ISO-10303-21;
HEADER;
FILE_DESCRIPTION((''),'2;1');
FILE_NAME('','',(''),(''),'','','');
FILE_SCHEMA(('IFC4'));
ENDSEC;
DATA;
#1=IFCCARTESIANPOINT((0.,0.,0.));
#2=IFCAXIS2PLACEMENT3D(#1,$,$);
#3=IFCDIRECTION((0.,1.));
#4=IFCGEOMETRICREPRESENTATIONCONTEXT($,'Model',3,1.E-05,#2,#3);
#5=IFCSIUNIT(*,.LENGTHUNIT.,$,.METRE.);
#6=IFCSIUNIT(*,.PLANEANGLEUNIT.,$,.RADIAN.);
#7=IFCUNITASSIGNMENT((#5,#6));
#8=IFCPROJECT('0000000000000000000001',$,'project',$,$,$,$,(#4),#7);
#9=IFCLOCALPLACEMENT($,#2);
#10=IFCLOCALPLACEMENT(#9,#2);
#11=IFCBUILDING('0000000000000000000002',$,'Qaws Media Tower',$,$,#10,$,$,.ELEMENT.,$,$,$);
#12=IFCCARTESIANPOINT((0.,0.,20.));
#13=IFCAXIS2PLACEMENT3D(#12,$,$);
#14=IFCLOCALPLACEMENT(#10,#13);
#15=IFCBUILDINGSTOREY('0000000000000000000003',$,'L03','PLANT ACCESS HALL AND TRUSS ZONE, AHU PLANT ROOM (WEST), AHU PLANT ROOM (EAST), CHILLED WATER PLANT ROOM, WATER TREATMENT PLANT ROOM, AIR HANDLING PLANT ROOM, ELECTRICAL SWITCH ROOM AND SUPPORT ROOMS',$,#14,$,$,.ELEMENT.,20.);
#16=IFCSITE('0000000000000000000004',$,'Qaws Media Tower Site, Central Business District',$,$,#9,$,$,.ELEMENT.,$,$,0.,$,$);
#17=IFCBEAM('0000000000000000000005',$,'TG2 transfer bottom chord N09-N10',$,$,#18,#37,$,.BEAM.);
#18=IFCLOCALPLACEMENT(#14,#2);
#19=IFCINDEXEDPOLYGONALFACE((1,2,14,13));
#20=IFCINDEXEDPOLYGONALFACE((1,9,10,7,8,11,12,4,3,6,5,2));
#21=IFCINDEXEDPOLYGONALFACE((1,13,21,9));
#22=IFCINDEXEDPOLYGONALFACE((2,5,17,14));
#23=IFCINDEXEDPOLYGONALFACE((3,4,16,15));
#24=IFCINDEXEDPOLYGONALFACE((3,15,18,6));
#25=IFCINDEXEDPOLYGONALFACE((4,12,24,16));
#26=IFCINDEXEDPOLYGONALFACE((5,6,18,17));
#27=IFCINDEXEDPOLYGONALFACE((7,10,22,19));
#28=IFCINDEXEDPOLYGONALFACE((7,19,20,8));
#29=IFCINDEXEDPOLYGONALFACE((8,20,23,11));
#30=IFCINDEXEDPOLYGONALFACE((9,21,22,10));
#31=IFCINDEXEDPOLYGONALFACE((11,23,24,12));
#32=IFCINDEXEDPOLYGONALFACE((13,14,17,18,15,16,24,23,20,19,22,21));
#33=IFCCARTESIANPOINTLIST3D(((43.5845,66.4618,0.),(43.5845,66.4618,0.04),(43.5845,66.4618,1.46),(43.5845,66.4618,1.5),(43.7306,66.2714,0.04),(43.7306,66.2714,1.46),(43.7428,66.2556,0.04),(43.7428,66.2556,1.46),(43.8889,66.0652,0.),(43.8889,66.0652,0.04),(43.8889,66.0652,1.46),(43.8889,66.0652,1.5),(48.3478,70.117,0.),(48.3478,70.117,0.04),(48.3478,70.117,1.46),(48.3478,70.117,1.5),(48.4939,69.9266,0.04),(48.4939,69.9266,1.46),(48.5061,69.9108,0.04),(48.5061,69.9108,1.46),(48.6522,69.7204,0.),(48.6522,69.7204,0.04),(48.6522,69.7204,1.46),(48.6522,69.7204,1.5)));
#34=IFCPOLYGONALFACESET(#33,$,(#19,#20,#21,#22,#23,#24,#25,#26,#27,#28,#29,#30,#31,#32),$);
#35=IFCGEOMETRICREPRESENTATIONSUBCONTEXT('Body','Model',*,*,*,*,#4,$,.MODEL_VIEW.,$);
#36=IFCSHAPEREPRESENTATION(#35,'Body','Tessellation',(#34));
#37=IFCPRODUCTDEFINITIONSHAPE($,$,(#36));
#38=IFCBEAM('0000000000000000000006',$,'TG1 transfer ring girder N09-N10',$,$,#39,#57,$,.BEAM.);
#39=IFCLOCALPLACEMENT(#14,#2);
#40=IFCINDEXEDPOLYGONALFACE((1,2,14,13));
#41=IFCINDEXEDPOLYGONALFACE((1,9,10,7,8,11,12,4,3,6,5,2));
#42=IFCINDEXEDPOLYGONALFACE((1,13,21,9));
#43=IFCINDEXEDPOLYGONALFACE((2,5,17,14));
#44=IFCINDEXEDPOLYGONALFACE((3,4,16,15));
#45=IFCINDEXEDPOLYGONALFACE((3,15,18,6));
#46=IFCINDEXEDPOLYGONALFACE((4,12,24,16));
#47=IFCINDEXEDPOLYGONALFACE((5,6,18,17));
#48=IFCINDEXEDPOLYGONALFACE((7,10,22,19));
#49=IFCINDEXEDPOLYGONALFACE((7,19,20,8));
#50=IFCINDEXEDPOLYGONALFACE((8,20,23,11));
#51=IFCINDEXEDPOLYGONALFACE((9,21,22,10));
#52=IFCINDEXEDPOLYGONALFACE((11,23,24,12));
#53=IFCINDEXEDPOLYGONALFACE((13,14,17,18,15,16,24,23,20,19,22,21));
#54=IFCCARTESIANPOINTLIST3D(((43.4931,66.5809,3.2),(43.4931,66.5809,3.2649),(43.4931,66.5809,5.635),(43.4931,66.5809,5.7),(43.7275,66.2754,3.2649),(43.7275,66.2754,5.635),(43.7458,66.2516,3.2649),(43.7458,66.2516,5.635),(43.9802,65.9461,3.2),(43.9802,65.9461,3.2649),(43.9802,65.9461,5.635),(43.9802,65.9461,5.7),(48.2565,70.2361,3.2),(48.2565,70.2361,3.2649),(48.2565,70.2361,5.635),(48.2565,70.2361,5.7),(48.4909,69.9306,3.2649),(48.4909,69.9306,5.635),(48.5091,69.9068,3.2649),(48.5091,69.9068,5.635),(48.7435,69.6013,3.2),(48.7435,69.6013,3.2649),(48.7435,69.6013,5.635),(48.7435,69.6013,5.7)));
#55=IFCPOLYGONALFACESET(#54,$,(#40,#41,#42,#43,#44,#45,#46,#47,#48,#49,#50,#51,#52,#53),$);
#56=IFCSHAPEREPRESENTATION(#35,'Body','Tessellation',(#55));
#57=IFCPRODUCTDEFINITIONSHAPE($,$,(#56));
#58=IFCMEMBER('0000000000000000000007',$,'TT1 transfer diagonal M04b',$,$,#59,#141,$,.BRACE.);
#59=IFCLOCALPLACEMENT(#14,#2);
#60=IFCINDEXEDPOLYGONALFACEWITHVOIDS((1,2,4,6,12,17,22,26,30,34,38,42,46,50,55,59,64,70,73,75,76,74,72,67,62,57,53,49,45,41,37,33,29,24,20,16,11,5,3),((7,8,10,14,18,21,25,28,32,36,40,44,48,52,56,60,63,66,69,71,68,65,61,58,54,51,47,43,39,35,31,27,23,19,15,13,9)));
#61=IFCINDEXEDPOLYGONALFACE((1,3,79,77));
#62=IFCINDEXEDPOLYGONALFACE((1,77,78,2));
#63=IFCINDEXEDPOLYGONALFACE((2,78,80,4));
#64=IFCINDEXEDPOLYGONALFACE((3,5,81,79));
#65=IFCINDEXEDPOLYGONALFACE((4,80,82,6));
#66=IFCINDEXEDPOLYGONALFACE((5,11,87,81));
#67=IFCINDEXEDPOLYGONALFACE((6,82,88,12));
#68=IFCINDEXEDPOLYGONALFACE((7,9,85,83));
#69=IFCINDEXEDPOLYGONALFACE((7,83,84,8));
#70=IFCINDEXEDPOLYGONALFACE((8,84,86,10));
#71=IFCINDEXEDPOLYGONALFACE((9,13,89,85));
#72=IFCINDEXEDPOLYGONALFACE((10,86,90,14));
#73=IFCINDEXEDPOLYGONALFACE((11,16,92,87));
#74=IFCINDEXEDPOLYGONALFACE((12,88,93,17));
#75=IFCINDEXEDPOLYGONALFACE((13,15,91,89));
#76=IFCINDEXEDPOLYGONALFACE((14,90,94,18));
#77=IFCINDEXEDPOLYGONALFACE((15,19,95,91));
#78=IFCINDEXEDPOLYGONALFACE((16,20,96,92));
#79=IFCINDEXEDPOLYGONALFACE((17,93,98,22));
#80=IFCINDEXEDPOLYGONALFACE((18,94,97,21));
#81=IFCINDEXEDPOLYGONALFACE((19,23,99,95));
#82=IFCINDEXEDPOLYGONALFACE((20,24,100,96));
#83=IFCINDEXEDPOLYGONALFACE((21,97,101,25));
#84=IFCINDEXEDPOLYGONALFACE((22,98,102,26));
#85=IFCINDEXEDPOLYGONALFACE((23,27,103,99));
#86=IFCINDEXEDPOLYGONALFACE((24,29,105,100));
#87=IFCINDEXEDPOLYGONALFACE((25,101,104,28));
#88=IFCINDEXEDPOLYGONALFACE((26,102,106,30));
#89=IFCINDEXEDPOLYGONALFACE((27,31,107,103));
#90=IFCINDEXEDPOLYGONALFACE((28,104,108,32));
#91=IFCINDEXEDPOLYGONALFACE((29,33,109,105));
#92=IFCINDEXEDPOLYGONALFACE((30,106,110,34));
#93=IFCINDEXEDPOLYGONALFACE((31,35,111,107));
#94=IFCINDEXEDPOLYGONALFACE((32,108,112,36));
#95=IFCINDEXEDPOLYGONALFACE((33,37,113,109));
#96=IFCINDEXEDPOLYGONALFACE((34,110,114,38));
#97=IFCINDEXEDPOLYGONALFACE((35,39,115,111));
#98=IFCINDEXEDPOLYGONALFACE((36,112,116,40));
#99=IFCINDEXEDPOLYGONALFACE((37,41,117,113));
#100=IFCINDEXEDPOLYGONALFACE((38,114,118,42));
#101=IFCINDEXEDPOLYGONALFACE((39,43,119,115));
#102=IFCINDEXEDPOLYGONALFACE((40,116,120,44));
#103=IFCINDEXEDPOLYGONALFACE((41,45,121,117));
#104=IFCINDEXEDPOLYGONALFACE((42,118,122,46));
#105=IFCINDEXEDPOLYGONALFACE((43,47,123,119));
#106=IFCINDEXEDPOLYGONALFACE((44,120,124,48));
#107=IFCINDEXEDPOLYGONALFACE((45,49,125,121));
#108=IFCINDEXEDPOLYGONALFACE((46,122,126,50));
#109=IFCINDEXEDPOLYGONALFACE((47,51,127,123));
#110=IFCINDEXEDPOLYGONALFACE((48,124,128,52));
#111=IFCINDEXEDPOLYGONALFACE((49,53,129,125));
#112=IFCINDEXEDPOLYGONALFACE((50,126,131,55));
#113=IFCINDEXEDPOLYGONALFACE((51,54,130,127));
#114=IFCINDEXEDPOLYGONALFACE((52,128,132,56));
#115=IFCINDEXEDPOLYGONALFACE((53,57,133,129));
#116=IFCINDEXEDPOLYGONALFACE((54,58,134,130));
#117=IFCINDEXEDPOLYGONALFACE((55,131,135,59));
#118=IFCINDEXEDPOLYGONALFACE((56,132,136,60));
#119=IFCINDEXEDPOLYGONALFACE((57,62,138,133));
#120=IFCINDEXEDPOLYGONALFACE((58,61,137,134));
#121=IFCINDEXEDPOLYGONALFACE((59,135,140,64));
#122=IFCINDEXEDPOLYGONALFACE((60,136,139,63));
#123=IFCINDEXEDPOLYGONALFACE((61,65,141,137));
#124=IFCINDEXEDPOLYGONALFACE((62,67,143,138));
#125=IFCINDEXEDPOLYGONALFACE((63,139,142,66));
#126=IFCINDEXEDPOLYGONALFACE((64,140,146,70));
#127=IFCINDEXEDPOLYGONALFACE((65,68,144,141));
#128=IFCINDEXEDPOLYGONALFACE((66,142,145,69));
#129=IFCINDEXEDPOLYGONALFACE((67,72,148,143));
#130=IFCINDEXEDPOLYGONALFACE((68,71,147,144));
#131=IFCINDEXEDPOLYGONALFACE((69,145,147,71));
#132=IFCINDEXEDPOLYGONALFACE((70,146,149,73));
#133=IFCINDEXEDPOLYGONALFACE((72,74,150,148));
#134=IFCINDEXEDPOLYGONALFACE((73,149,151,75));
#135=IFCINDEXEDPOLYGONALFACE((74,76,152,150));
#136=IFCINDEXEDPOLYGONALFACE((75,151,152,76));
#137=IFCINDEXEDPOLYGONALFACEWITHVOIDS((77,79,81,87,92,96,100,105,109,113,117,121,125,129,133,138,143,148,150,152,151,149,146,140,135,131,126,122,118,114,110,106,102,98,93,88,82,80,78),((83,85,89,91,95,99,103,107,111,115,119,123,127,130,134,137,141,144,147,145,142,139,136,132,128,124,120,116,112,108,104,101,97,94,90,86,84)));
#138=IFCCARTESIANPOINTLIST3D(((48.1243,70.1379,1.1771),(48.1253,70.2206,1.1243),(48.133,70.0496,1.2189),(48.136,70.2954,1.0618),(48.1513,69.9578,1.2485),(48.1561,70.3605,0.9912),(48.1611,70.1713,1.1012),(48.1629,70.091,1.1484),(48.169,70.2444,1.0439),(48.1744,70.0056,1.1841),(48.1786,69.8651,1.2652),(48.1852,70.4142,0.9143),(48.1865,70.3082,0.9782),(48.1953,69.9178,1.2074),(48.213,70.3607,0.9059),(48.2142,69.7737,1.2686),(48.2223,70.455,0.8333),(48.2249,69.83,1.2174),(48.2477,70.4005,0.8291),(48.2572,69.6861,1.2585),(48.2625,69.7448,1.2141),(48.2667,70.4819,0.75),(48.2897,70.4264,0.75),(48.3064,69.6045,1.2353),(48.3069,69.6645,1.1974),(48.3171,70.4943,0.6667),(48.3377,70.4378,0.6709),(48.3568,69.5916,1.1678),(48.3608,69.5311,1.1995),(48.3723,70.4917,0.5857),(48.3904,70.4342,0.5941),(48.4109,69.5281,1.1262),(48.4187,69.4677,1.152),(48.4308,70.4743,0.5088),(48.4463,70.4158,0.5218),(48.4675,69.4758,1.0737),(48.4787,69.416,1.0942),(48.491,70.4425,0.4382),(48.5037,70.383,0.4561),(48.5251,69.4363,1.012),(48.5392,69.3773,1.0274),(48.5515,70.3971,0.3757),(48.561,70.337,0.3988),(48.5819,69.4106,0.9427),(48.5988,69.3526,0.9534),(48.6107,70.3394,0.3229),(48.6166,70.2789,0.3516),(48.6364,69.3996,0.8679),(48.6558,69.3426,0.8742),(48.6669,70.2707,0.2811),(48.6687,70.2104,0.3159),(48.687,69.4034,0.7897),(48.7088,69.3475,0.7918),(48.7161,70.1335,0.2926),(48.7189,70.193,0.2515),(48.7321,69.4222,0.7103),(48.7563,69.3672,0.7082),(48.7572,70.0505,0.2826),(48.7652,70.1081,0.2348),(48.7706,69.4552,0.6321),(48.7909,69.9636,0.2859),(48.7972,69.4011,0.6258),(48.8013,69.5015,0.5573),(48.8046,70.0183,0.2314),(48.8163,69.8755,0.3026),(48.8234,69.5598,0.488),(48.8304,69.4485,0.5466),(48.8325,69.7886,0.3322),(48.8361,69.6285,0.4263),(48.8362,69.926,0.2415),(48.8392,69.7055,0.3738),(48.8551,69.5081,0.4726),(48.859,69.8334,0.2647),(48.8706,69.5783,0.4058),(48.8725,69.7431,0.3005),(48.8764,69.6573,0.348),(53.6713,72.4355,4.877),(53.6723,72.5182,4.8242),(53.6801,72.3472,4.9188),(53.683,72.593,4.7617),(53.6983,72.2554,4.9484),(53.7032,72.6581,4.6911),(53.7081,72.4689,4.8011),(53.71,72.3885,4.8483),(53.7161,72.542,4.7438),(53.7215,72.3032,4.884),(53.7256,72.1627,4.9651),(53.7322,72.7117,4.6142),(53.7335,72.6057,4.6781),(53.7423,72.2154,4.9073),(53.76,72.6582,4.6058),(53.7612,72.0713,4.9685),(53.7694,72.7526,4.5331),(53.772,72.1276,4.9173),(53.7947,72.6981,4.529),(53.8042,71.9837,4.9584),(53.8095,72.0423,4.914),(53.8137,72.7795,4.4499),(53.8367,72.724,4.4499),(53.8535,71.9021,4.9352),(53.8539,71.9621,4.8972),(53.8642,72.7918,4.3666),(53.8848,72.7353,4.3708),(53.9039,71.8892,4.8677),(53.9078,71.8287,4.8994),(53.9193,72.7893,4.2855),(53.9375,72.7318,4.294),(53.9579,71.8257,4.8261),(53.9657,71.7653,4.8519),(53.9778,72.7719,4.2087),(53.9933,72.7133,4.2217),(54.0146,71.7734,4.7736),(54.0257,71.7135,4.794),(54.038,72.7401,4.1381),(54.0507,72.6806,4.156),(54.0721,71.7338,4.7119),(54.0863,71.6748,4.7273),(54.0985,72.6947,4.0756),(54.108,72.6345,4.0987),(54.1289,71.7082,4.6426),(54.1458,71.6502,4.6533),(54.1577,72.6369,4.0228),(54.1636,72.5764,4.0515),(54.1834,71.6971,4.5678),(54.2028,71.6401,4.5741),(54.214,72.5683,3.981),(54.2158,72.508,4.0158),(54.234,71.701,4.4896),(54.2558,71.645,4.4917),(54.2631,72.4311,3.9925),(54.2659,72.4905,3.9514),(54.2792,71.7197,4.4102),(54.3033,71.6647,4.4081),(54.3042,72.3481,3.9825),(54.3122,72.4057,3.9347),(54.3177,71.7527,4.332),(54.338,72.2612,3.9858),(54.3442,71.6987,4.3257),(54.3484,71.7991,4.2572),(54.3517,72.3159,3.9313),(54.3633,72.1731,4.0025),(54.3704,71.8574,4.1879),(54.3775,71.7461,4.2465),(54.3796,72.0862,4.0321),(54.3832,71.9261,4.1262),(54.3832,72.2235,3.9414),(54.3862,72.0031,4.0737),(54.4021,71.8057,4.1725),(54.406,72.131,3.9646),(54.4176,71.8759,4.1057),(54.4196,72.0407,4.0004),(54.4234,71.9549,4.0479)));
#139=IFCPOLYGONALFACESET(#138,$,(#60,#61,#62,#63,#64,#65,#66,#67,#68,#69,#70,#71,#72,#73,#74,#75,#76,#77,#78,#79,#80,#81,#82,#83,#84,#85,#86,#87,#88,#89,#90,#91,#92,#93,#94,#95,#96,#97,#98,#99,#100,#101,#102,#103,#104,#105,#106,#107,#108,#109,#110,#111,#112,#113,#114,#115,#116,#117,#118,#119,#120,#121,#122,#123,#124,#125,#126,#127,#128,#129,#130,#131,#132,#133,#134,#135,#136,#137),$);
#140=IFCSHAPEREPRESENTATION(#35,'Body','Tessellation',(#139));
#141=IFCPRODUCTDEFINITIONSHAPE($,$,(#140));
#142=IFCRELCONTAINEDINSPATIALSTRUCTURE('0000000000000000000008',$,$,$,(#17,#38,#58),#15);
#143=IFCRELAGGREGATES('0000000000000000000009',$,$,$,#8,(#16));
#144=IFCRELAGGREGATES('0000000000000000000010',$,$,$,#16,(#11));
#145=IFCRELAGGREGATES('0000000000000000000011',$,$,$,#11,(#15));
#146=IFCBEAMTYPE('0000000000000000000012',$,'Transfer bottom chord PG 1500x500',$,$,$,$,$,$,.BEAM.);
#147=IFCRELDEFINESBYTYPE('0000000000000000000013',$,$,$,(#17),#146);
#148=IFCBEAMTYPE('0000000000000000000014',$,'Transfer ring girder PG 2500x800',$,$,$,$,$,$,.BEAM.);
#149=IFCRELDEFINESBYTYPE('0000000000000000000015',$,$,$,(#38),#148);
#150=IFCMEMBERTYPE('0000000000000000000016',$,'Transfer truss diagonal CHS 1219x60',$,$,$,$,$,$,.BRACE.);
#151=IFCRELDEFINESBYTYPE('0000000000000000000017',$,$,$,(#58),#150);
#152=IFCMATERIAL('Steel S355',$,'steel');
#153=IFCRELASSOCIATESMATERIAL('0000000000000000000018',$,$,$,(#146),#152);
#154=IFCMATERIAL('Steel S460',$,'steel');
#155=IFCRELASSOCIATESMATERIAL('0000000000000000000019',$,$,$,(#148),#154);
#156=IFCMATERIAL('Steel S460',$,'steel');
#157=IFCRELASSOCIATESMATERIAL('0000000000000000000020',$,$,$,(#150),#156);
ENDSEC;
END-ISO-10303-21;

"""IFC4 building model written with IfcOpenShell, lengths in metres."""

from ifc_helpers import new_model, si_unit, direction, frame, origin, origin_2d, place, context, subcontext, project, spatial, hollow_circle, i_section, extrude, material, material_profile, profile_set, type_object, element, save


model = new_model("IFC4")

# Units and contexts
model_context = context("Model", 3, precision=1e-05, world=origin(), true_north=direction((0.0, 1.0)))
body_context = subcontext(model_context, "Body", "Model", "MODEL_VIEW")
ifc_project = project(units=[si_unit("LENGTHUNIT", "METRE"), si_unit("PLANEANGLEUNIT", "RADIAN")], contexts=[model_context])

# Site, building, storey
site_placement = place(None, origin())
site = spatial("IfcSite", under=ifc_project, at=site_placement, Name="Qaws Media Tower Site, Central Business District", CompositionType="ELEMENT", RefElevation=0.0)
building_placement = place(site_placement, origin())
building = spatial("IfcBuilding", under=site, at=building_placement, Name="Qaws Media Tower", CompositionType="ELEMENT")
storey_placement = place(building_placement, frame((0.0, 0.0, 20.0)))
storey = spatial("IfcBuildingStorey", under=building, at=storey_placement, Name="L03", Description="PLANT ACCESS HALL AND TRUSS ZONE, AHU PLANT ROOM (WEST), AHU PLANT ROOM (EAST), CHILLED WATER PLANT ROOM, WATER TREATMENT PLANT ROOM, AIR HANDLING PLANT ROOM, ELECTRICAL SWITCH ROOM AND SUPPORT ROOMS", CompositionType="ELEMENT", Elevation=20.0)

# Beams
ifc_material_1 = material(Name="Steel S355", Category="steel")
ifc_material_profile_1 = material_profile(ifc_material_1, i_section(OverallWidth=0.5, OverallDepth=1.5, WebThickness=0.02, FlangeThickness=0.04, at=origin_2d()), Name="PG 1500x500")
ifc_profile_set_1 = profile_set([ifc_material_profile_1], Name="Steel S355")
beam_type_1 = type_object("IfcBeamType", Name="Transfer bottom chord PG 1500x500", PredefinedType="BEAM", material=ifc_profile_set_1)
beam_1_placement = place(storey_placement, frame((48.5, 69.9187, 0.75), z_axis=(-0.79334, -0.608779, 0.0), x_axis=(0.608779, -0.79334, 0.0)))
element("IfcBeam", 1, at=beam_1_placement, inside=storey, type_object=beam_type_1, Name="TG2 transfer bottom chord N09-N10", PredefinedType="BEAM", context=body_context, shape_type="SweptSolid", body=[
    extrude(i_section(OverallWidth=0.5, OverallDepth=1.5, WebThickness=0.02, FlangeThickness=0.04, at=origin_2d()), origin(), (0.0, 0.0, 1.0), 6.0042),
])
ifc_material_2 = material(Name="Steel S460", Category="steel")
ifc_material_profile_2 = material_profile(ifc_material_2, i_section(OverallWidth=0.8, OverallDepth=2.5, WebThickness=0.03, FlangeThickness=0.0649, at=origin_2d()), Name="PG 2500x800")
ifc_profile_set_2 = profile_set([ifc_material_profile_2], Name="Steel S460")
beam_type_2 = type_object("IfcBeamType", Name="Transfer ring girder PG 2500x800", PredefinedType="BEAM", material=ifc_profile_set_2)
beam_2_placement = place(storey_placement, frame((48.5, 69.9187, 4.45), z_axis=(-0.79334, -0.608779, 0.0), x_axis=(0.608779, -0.79334, 0.0)))
element("IfcBeam", 2, at=beam_2_placement, inside=storey, type_object=beam_type_2, Name="TG1 transfer ring girder N09-N10", PredefinedType="BEAM", context=body_context, shape_type="SweptSolid", body=[
    extrude(i_section(OverallWidth=0.8, OverallDepth=2.5, WebThickness=0.03, FlangeThickness=0.0649, at=origin_2d()), origin(), (0.0, 0.0, 1.0), 6.0042),
])

# Member
ifc_material_3 = material(Name="Steel S460", Category="steel")
ifc_material_profile_3 = material_profile(ifc_material_3, hollow_circle(Radius=0.6096, WallThickness=0.0601, at=origin_2d()), Name="CHS 1219x60")
ifc_profile_set_3 = profile_set([ifc_material_profile_3], Name="Steel S460")
member_type = type_object("IfcMemberType", Name="Transfer truss diagonal CHS 1219x60", PredefinedType="BRACE", material=ifc_profile_set_3)
member_1_placement = place(storey_placement, frame((48.5, 69.9187, 0.75), z_axis=(0.786535, 0.325782, 0.524622), x_axis=(-0.382671, 0.923885, 0.0)))
element("IfcMember", 3, at=member_1_placement, inside=storey, type_object=member_type, Name="TT1 transfer diagonal M04b", PredefinedType="BRACE", context=body_context, shape_type="SweptSolid", body=[
    extrude(hollow_circle(Radius=0.6096, WallThickness=0.0601, at=origin_2d()), origin(), (0.0, 0.0, 1.0), 7.0525),
])

save(model, "model.ifc")
